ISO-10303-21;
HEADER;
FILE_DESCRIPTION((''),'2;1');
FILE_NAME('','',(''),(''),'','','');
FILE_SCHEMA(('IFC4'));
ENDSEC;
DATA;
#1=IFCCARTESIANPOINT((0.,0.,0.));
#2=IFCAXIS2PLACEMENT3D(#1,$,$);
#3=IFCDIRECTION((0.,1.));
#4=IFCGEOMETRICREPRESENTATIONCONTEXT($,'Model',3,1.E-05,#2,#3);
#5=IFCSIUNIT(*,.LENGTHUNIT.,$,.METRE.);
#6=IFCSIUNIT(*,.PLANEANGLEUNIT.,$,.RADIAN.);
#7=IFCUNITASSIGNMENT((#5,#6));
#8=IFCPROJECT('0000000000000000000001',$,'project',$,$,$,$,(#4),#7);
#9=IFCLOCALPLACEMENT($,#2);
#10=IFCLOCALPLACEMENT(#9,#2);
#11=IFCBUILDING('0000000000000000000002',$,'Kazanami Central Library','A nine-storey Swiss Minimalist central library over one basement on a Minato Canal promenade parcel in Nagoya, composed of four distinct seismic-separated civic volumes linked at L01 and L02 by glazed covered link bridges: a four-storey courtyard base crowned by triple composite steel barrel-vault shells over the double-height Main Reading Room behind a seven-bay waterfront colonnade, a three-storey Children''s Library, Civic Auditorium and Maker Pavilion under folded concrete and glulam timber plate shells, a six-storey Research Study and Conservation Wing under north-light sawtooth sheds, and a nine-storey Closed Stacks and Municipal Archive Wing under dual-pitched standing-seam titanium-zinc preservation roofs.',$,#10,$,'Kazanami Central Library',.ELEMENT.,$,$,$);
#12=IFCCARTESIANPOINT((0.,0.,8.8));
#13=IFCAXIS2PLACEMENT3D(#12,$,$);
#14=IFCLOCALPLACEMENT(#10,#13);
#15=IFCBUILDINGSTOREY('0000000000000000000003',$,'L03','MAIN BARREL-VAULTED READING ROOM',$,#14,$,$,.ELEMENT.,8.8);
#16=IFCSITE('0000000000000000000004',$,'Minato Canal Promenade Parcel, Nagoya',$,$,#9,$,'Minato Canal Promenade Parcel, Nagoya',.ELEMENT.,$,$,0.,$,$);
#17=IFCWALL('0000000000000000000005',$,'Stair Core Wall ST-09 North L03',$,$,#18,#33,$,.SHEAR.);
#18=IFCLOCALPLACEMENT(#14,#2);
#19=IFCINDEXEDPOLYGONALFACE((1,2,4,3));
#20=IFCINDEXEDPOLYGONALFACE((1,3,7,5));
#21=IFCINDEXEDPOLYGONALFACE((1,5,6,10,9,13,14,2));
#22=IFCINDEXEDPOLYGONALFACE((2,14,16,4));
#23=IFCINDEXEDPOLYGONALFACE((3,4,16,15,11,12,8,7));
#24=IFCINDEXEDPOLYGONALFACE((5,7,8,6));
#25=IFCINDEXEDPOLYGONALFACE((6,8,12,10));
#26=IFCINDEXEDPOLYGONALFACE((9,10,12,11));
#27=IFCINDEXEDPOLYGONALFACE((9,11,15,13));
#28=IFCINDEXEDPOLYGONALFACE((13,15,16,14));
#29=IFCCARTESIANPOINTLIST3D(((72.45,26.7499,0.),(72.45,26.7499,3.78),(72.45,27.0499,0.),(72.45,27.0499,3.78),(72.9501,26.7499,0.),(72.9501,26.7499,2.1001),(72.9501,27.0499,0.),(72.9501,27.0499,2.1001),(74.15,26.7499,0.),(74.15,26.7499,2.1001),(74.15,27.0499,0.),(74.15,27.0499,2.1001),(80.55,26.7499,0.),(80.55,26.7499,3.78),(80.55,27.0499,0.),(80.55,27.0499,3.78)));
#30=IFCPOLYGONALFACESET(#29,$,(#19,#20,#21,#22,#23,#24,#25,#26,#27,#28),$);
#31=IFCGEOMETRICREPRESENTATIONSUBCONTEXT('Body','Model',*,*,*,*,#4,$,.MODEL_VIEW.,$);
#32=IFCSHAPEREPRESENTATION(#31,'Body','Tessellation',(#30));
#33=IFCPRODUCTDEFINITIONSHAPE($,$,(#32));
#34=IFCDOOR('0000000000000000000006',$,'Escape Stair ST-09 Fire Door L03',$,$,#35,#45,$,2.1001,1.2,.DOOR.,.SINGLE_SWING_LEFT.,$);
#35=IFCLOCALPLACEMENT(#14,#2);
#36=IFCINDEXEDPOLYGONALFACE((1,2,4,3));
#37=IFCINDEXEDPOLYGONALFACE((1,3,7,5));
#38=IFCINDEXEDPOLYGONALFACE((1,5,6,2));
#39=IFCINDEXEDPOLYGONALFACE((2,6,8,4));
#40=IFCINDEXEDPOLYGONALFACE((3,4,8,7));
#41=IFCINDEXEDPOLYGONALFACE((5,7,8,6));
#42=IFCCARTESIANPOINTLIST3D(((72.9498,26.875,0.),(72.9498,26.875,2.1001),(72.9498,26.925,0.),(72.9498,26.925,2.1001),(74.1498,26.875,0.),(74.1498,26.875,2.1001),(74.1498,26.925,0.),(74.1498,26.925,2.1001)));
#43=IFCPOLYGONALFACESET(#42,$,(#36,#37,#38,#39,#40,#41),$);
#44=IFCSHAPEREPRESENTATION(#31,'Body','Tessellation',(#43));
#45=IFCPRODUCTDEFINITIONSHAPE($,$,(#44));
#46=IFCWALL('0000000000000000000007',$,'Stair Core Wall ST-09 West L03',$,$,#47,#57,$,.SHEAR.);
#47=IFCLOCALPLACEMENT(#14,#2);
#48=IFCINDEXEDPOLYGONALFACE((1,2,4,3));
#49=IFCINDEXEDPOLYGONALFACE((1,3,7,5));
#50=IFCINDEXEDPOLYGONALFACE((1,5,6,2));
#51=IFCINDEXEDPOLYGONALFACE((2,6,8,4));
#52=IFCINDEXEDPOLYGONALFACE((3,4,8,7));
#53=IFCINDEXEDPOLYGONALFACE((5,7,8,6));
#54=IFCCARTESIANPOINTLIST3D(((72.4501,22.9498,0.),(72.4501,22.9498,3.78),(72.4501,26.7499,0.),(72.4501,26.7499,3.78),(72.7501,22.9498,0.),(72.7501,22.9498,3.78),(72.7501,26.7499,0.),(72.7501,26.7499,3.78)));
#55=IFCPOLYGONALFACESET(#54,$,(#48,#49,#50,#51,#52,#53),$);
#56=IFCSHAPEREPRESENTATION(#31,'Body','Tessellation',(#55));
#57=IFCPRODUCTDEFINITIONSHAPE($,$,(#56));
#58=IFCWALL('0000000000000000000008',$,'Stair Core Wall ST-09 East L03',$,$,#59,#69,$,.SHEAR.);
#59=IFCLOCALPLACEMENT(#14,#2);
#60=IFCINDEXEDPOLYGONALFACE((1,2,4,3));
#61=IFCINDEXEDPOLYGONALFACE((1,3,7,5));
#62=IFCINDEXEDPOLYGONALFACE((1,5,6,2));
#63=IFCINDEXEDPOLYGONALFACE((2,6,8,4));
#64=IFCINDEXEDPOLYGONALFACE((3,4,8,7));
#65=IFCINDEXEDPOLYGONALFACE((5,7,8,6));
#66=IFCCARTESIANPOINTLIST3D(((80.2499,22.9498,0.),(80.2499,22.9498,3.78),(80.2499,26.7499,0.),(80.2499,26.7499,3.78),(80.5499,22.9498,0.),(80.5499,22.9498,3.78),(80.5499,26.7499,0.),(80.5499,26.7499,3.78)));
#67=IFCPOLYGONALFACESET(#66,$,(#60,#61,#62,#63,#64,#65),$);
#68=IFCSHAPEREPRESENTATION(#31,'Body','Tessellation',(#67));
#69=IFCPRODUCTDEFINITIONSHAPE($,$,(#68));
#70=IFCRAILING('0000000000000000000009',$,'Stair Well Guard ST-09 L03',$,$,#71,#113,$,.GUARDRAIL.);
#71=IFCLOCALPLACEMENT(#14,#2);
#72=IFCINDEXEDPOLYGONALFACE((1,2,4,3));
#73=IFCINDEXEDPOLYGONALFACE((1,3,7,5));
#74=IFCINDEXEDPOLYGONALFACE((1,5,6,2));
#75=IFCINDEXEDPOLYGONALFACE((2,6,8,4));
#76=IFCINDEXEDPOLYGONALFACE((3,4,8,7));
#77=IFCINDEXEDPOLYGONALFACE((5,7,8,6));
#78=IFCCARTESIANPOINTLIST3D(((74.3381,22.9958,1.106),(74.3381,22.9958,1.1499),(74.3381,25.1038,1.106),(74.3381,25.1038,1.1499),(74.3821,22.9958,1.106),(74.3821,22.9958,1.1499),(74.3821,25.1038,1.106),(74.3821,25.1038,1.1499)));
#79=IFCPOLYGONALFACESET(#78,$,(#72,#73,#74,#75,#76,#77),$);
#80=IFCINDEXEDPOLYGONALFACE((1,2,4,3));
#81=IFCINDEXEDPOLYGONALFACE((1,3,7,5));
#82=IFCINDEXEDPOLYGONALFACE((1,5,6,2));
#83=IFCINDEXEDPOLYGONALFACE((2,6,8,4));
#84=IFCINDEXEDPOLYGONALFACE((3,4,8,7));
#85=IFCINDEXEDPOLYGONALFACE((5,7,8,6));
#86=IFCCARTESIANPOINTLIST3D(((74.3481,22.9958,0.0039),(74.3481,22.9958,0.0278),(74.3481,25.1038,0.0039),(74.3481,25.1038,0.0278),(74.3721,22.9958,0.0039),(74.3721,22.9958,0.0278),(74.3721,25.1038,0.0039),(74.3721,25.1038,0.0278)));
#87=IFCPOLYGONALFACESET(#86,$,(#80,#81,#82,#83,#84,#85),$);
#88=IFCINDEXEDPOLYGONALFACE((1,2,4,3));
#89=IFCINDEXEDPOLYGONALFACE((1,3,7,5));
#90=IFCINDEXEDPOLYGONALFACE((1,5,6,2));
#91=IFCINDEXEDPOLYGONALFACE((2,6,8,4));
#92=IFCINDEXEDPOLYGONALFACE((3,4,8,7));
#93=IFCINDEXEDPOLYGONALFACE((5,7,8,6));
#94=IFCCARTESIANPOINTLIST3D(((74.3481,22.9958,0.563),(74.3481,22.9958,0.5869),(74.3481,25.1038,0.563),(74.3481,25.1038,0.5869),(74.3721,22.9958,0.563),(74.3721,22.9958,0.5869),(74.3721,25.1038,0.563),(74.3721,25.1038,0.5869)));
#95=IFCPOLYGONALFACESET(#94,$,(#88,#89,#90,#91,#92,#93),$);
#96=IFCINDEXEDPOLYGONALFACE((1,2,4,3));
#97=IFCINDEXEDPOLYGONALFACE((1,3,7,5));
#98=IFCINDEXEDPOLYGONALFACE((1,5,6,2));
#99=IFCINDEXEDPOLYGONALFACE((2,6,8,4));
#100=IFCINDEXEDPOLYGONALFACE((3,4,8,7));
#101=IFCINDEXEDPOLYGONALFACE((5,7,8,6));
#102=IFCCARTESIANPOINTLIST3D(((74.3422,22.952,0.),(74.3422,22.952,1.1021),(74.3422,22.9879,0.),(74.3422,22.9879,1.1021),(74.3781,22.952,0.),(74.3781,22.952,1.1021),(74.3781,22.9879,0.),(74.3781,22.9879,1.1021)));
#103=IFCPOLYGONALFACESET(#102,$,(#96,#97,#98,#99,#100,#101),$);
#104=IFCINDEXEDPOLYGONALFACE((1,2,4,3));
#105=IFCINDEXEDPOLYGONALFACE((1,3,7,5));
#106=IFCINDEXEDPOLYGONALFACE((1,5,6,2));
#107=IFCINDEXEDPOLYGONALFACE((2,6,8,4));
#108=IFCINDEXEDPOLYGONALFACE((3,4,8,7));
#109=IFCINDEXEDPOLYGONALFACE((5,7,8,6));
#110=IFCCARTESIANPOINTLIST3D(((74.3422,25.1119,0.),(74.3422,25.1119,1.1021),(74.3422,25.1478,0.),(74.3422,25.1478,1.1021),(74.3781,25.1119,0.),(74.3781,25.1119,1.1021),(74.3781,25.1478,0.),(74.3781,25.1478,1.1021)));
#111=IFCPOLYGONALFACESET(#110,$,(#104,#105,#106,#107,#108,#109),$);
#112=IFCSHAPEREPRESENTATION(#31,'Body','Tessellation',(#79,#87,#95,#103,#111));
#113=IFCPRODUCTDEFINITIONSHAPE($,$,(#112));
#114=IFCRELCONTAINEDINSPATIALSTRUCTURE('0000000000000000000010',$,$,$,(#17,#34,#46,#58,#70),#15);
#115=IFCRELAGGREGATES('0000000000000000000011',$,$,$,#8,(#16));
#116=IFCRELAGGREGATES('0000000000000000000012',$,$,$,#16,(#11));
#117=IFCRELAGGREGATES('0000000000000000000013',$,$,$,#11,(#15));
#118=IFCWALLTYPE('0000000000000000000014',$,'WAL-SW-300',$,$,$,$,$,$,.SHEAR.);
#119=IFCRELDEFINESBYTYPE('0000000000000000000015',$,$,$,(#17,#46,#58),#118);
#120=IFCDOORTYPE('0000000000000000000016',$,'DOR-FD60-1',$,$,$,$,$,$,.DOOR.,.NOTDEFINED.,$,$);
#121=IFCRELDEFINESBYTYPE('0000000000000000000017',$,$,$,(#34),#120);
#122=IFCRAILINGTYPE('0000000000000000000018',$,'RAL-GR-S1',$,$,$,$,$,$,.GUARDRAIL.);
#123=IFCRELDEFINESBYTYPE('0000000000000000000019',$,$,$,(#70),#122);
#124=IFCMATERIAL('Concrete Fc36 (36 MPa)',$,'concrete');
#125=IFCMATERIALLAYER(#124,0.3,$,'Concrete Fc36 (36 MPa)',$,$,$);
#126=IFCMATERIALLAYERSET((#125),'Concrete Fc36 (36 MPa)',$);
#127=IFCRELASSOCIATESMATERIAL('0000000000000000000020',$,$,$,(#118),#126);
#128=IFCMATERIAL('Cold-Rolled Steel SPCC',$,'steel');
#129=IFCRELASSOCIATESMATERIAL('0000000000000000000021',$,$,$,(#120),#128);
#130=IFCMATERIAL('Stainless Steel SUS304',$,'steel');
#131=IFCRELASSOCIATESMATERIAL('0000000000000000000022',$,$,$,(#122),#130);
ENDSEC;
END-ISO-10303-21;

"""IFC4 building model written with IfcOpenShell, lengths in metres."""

from ifc_helpers import new_model, si_unit, direction, frame, frame_2d, origin, origin_2d, place, context, subcontext, project, spatial, rectangle, extrude, material, layer, layer_set, type_object, element, fill, save


model = new_model("IFC4")

# Units and contexts
model_context = context("Model", 3, precision=1e-05, world=origin(), true_north=direction((0.0, 1.0)))
body_context = subcontext(model_context, "Body", "Model", "MODEL_VIEW")
ifc_project = project(units=[si_unit("LENGTHUNIT", "METRE"), si_unit("PLANEANGLEUNIT", "RADIAN")], contexts=[model_context])

# Site, building, storey
site_placement = place(None, origin())
site = spatial("IfcSite", under=ifc_project, at=site_placement, Name="Minato Canal Promenade Parcel, Nagoya", LongName="Minato Canal Promenade Parcel, Nagoya", CompositionType="ELEMENT", RefElevation=0.0)
building_placement = place(site_placement, origin())
building = spatial("IfcBuilding", under=site, at=building_placement, Name="Kazanami Central Library", Description="A nine-storey Swiss Minimalist central library over one basement on a Minato Canal promenade parcel in Nagoya, composed of four distinct seismic-separated civic volumes linked at L01 and L02 by glazed covered link bridges: a four-storey courtyard base crowned by triple composite steel barrel-vault shells over the double-height Main Reading Room behind a seven-bay waterfront colonnade, a three-storey Children's Library, Civic Auditorium and Maker Pavilion under folded concrete and glulam timber plate shells, a six-storey Research Study and Conservation Wing under north-light sawtooth sheds, and a nine-storey Closed Stacks and Municipal Archive Wing under dual-pitched standing-seam titanium-zinc preservation roofs.", LongName="Kazanami Central Library", CompositionType="ELEMENT")
storey_placement = place(building_placement, frame((0.0, 0.0, 8.8)))
storey = spatial("IfcBuildingStorey", under=building, at=storey_placement, Name="L03", Description="MAIN BARREL-VAULTED READING ROOM", CompositionType="ELEMENT", Elevation=8.8)

# Wall, opening, door
ifc_material_1 = material(Name="Cold-Rolled Steel SPCC", Category="steel")
ifc_material_2 = material(Name="Concrete Fc36 (36 MPa)", Category="concrete")
ifc_layer_1 = layer(ifc_material_2, 0.3, Name="Concrete Fc36 (36 MPa)")
ifc_layer_set_1 = layer_set([ifc_layer_1], Name="Concrete Fc36 (36 MPa)")
wall_type_1 = type_object("IfcWallType", Name="WAL-SW-300", PredefinedType="SHEAR", material=ifc_layer_set_1)
wall_1_placement = place(storey_placement, frame((72.45, 26.8999, 0.0), z_axis=(0.0, 0.0, 1.0), x_axis=(1.0, 0.0, 0.0)))
wall_1 = element("IfcWall", 1, at=wall_1_placement, inside=storey, type_object=wall_type_1, Name="Stair Core Wall ST-09 North L03", PredefinedType="SHEAR", context=body_context, shape_type="SweptSolid", body=[
    extrude(rectangle(XDim=8.1001, YDim=0.3, at=frame_2d((4.05, 0.0))), origin(), (0.0, 0.0, 1.0), 3.78),
])
opening_1_placement = place(wall_1_placement, frame((0.5, 0.0, 0.0)))
opening_1 = element("IfcOpeningElement", 2, at=opening_1_placement, cuts=wall_1, PredefinedType="OPENING", context=body_context, shape_type="SweptSolid", body=[
    extrude(rectangle(XDim=1.2, YDim=2.1001, at=frame_2d((0.6001, 1.05))), frame((0.0, 0.1621, 0.0), z_axis=(0.0, -1.0, 0.0), x_axis=(1.0, 0.0, 0.0)), (0.0, 0.0, 1.0), 0.324),
])
door_type_1 = type_object("IfcDoorType", Name="DOR-FD60-1", OperationType="NOTDEFINED", PredefinedType="DOOR", material=ifc_material_1)
door_1_placement = place(opening_1_placement, frame((1.2, 0.0, 0.0), z_axis=(0.0, 0.0, 1.0), x_axis=(-1.0, 0.0, 0.0)))
door_1 = element("IfcDoor", 3, at=door_1_placement, inside=storey, type_object=door_type_1, Name="Escape Stair ST-09 Fire Door L03", OperationType="SINGLE_SWING_LEFT", OverallHeight=2.1001, OverallWidth=1.2, PredefinedType="DOOR", context=body_context, shape_type="SweptSolid", body=[
    extrude(rectangle(XDim=1.2, YDim=2.1001, at=frame_2d((0.6001, 1.05))), frame((0.0, 0.0249, 0.0), z_axis=(0.0, -1.0, 0.0), x_axis=(1.0, 0.0, 0.0)), (0.0, 0.0, 1.0), 0.05),
])
fill(opening_1, door_1)

# Walls
for number, where, z_axis, x_axis, name in (
    (4, (72.6001, 22.95, 0.0), (0.0, 0.0, 1.0), (0.0, 1.0, 0.0), "Stair Core Wall ST-09 West L03"),
    (5, (80.3999, 22.95, 0.0), (0.0, 0.0, 1.0), (0.0, 1.0, 0.0), "Stair Core Wall ST-09 East L03"),
):
    element("IfcWall", number, at=place(storey_placement, frame(where, z_axis=z_axis, x_axis=x_axis)), inside=storey, type_object=wall_type_1, Name=name, PredefinedType="SHEAR", context=body_context, shape_type="SweptSolid", body=[
        extrude(rectangle(XDim=3.8, YDim=0.3, at=frame_2d((1.8999, 0.0))), origin(), (0.0, 0.0, 1.0), 3.78),
    ])

# Railing
ifc_material_3 = material(Name="Stainless Steel SUS304", Category="steel")
railing_type = type_object("IfcRailingType", Name="RAL-GR-S1", PredefinedType="GUARDRAIL", material=ifc_material_3)
railing_placement = place(storey_placement, frame((74.3601, 22.97, 0.0)))
element("IfcRailing", 6, at=railing_placement, inside=storey, type_object=railing_type, Name="Stair Well Guard ST-09 L03", PredefinedType="GUARDRAIL", context=body_context, shape_type="SweptSolid", body=[
    extrude(rectangle(XDim=0.0439, YDim=0.0439, at=origin_2d()), frame((0.0, 0.0259, 1.1279), z_axis=(0.0, 1.0, 0.0), x_axis=(-1.0, 0.0, 0.0)), (0.0, 0.0, 1.0), 2.1079),
    extrude(rectangle(XDim=0.0239, YDim=0.0239, at=origin_2d()), frame((0.0, 0.0259, 0.0159), z_axis=(0.0, 1.0, 0.0), x_axis=(-1.0, 0.0, 0.0)), (0.0, 0.0, 1.0), 2.1079),
    extrude(rectangle(XDim=0.0239, YDim=0.0239, at=origin_2d()), frame((0.0, 0.0259, 0.575), z_axis=(0.0, 1.0, 0.0), x_axis=(-1.0, 0.0, 0.0)), (0.0, 0.0, 1.0), 2.1079),
    extrude(rectangle(XDim=0.0359, YDim=0.0359, at=origin_2d()), origin(), (0.0, 0.0, 1.0), 1.1021),
    extrude(rectangle(XDim=0.0359, YDim=0.0359, at=origin_2d()), frame((0.0, 2.1599, 0.0)), (0.0, 0.0, 1.0), 1.1021),
])

save(model, "model.ifc")
